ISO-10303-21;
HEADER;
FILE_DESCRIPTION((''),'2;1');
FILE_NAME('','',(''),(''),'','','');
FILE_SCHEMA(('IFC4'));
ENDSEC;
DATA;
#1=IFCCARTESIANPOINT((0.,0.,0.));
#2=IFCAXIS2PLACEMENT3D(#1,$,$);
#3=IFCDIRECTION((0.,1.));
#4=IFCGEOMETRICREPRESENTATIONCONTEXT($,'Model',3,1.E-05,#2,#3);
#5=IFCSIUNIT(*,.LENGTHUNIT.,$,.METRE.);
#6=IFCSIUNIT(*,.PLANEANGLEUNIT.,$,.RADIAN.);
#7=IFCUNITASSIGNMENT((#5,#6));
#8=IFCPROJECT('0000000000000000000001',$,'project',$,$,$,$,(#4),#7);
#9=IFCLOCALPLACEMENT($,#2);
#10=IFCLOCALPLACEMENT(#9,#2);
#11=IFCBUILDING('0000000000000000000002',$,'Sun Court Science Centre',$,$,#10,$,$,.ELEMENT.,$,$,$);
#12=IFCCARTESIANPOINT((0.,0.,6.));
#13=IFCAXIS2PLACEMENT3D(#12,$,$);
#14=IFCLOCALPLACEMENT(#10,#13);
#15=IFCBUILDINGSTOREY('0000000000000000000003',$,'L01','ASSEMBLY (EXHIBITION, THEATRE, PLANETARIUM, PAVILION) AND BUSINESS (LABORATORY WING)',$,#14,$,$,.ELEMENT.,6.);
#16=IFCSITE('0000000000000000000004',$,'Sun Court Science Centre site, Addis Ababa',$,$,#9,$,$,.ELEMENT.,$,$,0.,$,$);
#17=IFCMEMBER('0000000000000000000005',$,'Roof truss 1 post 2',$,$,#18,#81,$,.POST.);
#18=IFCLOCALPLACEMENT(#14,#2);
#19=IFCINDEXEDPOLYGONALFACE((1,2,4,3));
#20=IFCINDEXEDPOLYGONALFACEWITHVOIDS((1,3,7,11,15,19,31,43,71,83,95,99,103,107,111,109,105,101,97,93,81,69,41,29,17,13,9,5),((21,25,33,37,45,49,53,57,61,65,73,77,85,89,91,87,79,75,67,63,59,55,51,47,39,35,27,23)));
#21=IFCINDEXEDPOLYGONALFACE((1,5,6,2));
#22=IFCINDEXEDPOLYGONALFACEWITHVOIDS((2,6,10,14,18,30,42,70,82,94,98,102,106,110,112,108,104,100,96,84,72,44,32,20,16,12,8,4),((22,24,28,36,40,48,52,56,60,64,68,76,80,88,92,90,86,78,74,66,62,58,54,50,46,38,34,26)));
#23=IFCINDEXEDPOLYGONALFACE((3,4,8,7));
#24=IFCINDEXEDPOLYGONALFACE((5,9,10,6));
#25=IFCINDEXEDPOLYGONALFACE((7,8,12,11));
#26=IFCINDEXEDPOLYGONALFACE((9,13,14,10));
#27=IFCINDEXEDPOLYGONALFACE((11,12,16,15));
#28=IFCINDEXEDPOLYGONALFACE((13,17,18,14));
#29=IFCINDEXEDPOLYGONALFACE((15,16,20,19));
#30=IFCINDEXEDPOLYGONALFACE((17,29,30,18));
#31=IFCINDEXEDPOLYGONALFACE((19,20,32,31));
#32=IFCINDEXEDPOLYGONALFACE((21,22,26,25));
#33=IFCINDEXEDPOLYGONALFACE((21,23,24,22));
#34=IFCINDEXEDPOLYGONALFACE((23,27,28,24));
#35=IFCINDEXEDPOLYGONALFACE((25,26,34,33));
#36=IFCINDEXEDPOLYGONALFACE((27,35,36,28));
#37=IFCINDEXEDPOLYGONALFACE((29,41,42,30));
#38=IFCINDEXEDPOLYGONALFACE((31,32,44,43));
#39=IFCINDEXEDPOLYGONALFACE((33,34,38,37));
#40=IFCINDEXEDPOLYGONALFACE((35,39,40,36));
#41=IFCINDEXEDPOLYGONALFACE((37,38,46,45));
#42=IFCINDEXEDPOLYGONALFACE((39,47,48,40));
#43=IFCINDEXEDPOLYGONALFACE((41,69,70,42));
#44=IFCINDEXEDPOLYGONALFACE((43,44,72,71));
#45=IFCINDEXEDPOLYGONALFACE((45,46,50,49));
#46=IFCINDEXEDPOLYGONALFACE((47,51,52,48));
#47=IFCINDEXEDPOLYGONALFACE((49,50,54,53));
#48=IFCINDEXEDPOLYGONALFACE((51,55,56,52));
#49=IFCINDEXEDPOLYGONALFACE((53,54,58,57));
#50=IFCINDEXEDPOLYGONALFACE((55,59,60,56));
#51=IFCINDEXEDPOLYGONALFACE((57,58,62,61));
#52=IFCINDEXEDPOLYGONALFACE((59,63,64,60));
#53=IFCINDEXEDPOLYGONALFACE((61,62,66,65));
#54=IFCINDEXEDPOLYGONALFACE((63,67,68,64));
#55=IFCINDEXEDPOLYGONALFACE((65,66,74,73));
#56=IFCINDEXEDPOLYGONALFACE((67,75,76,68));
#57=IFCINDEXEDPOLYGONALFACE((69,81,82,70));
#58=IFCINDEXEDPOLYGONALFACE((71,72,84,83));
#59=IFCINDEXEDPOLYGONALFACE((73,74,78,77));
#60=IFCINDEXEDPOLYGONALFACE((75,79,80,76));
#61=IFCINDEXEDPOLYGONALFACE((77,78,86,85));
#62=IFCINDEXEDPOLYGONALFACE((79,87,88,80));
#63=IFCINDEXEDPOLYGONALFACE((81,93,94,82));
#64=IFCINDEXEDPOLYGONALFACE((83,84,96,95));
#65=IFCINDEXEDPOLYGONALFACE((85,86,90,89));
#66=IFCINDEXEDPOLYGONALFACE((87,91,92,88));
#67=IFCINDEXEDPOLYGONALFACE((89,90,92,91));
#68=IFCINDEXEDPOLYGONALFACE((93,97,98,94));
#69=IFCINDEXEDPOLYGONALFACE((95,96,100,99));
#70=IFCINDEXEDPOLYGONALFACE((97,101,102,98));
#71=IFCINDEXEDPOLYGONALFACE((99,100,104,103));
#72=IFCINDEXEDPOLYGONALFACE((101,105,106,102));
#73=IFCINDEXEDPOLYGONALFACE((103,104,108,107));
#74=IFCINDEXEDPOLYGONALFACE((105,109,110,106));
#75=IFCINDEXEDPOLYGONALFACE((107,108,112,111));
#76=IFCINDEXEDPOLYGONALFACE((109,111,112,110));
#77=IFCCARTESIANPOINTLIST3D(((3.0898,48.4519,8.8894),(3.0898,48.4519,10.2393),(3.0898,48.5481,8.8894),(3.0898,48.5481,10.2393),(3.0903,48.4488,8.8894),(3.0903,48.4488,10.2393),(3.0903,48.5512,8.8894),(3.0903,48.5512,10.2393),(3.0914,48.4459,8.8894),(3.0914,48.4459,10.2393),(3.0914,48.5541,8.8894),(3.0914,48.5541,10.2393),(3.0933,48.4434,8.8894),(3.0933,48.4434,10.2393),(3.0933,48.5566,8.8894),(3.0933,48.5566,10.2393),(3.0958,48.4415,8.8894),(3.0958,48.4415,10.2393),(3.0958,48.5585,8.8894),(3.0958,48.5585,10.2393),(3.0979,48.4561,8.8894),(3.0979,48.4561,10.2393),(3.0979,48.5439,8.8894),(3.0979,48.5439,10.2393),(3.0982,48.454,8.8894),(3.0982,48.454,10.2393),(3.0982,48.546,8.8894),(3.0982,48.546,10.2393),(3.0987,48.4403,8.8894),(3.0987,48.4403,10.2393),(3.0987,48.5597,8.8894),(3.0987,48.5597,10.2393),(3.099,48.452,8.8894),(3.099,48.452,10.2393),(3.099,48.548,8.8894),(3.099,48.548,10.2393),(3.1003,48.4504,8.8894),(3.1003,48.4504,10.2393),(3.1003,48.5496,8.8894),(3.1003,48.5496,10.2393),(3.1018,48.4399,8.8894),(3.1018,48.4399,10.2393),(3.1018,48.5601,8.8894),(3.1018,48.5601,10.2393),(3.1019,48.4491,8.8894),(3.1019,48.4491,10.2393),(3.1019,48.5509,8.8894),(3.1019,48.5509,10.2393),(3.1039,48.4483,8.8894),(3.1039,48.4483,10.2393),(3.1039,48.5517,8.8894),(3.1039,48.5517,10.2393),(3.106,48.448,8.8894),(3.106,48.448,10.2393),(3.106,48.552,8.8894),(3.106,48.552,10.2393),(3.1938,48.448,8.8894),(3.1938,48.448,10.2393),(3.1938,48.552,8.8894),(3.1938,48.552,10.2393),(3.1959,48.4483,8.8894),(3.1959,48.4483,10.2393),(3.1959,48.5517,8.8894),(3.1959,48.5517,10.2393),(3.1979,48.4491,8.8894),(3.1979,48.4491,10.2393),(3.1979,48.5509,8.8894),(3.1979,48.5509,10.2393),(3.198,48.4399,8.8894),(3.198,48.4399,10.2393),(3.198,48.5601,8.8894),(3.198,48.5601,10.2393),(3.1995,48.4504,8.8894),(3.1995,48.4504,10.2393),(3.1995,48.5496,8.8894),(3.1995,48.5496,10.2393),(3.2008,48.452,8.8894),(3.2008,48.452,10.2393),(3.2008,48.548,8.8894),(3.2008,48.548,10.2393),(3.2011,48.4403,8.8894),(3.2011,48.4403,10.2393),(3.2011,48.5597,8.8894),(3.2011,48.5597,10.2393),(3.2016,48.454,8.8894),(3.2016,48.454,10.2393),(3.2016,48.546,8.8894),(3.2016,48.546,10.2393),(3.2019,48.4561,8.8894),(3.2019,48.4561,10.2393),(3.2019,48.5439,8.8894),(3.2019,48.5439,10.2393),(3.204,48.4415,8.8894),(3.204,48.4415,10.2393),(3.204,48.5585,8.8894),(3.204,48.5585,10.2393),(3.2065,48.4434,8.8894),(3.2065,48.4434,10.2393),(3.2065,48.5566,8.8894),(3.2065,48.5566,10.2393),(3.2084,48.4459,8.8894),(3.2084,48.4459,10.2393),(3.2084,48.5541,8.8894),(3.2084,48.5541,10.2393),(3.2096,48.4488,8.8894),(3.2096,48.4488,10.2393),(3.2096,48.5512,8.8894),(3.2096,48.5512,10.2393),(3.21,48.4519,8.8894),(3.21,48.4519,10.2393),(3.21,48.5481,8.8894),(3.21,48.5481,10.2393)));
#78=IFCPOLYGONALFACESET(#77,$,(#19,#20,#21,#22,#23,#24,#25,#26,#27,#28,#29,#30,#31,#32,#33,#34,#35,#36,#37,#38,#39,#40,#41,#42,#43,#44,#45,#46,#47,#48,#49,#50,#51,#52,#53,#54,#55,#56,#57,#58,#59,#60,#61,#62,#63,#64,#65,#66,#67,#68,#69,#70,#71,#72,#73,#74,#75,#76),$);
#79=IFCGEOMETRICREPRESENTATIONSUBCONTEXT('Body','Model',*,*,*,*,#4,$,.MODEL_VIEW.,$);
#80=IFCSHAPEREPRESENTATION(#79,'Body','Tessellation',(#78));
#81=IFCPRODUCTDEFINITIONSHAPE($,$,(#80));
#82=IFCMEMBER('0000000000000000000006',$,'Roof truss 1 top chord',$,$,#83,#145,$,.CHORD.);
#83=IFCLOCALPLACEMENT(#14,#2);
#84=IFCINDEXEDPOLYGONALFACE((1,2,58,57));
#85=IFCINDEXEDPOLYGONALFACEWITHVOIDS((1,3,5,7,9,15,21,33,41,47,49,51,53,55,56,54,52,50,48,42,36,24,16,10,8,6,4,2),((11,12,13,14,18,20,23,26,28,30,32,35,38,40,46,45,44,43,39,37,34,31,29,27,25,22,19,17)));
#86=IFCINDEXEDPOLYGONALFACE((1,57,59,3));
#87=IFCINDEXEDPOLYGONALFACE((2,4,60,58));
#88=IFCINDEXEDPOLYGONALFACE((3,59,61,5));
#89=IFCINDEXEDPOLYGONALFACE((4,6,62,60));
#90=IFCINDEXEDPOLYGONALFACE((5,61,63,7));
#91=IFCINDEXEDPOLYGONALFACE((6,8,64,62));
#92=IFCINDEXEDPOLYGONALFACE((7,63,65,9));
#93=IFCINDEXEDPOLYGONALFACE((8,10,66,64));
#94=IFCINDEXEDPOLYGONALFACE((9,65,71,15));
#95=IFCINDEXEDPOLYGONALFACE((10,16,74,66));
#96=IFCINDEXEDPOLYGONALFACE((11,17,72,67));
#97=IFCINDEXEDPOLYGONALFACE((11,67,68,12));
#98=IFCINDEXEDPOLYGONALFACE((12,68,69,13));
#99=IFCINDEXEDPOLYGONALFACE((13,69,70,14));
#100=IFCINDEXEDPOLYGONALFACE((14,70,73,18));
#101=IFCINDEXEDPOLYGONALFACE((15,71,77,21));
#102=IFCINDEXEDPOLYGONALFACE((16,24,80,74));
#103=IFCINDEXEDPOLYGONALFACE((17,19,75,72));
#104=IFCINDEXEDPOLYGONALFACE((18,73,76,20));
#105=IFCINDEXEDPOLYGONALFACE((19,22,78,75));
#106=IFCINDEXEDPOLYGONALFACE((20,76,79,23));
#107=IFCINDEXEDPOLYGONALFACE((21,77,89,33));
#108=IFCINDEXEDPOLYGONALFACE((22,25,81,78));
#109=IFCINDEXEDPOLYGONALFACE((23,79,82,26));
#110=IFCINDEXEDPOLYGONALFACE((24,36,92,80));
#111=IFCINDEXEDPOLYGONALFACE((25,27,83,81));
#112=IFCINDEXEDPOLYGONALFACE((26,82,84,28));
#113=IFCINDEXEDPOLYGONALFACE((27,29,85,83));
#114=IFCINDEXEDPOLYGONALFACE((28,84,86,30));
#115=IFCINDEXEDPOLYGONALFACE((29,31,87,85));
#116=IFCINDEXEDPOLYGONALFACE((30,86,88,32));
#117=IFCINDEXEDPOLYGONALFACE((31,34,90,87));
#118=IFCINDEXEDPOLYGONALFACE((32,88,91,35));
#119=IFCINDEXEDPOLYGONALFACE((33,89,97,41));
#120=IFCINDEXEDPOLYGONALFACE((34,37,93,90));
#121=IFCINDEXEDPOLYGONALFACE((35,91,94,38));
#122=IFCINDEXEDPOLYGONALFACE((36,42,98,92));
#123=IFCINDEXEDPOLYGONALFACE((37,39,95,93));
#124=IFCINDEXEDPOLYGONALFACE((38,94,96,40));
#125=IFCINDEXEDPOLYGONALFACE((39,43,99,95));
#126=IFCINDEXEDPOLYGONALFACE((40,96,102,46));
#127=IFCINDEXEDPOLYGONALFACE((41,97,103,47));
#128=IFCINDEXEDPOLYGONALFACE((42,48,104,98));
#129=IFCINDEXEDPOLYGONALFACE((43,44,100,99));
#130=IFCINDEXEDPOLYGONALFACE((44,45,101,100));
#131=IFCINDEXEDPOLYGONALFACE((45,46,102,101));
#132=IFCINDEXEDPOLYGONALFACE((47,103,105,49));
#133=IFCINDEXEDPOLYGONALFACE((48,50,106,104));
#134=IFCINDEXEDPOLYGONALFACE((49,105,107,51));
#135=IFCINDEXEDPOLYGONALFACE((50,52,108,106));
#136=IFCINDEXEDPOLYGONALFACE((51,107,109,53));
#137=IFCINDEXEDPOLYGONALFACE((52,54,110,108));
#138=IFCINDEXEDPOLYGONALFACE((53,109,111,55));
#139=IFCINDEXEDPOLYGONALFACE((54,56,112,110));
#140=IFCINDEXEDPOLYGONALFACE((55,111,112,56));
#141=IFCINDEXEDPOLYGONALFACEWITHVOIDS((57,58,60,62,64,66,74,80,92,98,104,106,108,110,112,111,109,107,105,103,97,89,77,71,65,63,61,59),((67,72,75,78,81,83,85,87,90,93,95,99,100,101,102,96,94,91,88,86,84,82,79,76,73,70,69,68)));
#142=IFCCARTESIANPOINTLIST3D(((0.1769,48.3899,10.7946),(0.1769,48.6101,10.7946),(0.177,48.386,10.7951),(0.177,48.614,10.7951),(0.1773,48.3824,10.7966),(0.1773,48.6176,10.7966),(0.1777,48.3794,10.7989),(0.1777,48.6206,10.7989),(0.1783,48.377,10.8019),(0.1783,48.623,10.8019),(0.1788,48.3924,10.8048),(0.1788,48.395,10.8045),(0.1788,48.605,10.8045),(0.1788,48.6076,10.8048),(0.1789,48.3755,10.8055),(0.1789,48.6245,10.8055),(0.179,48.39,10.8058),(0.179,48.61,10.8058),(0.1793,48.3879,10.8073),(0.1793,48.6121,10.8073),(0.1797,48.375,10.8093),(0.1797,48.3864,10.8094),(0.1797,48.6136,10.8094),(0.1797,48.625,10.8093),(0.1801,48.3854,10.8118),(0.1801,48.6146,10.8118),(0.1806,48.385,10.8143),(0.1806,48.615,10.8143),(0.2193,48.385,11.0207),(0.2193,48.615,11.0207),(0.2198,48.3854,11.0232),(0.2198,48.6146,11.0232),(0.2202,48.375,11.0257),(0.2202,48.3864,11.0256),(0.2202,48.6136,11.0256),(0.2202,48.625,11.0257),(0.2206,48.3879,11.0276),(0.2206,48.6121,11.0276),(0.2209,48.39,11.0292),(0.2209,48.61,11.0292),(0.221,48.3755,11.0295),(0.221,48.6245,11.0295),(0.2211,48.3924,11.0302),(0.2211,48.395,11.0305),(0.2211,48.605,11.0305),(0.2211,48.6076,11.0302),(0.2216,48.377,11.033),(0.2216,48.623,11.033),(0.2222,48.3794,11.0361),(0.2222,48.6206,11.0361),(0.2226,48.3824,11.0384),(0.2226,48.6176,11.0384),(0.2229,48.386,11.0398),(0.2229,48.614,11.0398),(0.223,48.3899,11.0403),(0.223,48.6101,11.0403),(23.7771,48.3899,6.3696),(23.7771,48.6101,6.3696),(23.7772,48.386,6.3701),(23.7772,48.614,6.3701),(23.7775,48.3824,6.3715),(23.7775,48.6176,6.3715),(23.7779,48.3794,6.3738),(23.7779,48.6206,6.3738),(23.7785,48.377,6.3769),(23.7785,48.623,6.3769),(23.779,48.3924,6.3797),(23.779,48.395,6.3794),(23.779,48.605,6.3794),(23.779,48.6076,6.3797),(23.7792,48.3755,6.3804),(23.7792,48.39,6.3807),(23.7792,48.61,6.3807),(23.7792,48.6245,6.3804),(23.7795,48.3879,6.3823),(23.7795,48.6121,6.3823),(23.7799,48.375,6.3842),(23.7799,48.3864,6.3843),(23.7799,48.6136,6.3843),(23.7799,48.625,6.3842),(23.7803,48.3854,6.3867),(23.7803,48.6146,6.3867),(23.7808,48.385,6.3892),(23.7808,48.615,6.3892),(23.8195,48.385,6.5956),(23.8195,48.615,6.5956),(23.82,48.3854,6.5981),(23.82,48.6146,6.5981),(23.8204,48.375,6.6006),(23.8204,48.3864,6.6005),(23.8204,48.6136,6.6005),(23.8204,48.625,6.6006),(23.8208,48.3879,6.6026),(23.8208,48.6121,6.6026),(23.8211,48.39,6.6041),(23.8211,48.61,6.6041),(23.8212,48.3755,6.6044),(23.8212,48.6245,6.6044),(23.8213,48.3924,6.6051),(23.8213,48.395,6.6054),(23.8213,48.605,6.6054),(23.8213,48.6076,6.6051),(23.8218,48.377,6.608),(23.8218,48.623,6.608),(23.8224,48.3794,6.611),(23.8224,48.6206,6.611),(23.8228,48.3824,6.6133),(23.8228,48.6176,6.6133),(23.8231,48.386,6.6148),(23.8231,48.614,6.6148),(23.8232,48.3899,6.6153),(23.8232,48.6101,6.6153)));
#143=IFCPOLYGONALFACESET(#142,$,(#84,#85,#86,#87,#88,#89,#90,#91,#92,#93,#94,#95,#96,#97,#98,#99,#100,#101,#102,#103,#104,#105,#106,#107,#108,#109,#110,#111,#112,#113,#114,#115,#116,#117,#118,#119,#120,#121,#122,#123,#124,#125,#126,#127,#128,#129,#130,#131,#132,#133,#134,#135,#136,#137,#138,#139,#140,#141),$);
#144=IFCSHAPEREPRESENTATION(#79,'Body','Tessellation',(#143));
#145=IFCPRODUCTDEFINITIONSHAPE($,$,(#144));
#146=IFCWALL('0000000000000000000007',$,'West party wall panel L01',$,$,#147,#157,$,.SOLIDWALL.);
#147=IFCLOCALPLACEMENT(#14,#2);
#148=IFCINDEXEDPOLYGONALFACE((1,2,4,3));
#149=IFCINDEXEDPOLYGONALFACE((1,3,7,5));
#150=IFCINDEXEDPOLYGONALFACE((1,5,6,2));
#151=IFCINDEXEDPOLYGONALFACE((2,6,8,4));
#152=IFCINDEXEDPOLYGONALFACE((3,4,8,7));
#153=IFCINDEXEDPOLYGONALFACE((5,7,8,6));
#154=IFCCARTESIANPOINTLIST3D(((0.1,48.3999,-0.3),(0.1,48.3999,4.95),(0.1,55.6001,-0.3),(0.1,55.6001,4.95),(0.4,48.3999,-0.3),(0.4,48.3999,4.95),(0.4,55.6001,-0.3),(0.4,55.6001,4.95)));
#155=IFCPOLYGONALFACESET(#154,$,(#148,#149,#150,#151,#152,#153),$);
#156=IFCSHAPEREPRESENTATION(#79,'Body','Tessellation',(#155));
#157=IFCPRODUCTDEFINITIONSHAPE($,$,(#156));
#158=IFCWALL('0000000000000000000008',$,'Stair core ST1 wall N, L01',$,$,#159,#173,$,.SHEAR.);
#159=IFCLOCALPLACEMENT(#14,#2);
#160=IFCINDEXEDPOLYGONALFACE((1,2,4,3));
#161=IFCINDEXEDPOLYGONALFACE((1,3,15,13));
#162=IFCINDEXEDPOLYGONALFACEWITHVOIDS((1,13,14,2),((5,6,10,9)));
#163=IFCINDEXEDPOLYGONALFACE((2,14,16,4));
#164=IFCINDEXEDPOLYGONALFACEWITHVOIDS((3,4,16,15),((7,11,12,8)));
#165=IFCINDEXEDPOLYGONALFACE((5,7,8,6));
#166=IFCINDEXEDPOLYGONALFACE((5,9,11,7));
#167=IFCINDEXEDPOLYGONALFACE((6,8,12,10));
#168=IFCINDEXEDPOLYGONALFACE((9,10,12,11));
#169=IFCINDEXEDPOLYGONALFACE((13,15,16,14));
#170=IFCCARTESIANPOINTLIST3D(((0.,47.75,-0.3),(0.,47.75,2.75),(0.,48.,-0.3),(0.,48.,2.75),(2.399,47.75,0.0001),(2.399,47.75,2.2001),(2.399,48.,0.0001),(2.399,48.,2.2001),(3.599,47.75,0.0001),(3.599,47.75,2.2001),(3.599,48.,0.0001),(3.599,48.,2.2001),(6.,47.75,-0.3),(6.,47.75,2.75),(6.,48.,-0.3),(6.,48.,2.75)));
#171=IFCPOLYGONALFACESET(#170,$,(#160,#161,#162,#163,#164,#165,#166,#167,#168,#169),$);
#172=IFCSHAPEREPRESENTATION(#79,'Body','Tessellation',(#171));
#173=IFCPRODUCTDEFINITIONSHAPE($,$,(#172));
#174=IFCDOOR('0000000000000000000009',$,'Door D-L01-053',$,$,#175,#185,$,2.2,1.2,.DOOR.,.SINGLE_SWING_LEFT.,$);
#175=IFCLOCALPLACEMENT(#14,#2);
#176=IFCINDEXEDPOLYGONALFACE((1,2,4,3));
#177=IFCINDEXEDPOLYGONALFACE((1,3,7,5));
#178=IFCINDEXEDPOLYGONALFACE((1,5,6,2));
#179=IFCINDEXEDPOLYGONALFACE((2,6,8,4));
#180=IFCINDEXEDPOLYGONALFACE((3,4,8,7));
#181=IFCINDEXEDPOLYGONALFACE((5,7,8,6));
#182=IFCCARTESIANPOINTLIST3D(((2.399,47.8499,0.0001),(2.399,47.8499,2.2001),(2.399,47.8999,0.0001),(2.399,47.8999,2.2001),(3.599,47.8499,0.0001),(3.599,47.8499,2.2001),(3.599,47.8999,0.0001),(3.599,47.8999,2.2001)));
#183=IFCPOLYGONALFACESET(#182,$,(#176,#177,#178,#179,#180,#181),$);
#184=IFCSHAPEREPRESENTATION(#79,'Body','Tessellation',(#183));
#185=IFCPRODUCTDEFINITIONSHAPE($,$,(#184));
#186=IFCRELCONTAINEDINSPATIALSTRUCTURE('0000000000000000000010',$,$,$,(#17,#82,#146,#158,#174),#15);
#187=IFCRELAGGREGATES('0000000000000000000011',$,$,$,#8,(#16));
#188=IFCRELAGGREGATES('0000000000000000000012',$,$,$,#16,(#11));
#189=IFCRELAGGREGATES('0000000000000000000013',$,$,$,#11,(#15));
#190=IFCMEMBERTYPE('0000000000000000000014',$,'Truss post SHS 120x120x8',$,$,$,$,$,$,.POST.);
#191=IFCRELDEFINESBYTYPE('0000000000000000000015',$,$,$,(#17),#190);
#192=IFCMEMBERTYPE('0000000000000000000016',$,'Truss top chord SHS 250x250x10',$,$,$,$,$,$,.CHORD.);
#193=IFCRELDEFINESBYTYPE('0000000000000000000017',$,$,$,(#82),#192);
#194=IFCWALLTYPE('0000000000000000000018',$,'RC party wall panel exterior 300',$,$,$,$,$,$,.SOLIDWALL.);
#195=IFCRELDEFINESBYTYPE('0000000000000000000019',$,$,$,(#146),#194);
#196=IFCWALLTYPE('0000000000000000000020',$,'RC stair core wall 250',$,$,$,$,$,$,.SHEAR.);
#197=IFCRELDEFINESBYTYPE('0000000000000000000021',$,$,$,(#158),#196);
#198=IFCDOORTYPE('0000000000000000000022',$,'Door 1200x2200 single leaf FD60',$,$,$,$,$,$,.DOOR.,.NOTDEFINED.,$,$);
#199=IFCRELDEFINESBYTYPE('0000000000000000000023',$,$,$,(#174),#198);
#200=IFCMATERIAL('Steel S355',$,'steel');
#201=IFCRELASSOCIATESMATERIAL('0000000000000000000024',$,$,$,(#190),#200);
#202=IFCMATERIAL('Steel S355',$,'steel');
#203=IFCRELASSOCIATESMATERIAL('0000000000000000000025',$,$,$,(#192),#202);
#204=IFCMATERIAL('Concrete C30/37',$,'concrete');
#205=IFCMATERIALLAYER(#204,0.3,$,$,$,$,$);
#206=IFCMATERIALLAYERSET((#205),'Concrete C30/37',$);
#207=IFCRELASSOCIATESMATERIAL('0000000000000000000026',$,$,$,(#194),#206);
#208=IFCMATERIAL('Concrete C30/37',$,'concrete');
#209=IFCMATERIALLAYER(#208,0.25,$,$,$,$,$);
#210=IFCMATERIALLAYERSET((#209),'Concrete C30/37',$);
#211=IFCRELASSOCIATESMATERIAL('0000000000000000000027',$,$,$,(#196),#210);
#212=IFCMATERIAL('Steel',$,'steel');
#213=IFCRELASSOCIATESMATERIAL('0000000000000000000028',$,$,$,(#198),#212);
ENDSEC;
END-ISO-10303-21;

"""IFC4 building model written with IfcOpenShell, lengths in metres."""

from ifc_helpers import new_model, si_unit, direction, frame, frame_2d, origin, origin_2d, place, context, subcontext, project, spatial, rectangle, hollow_rectangle, extrude, material, layer, layer_set, material_profile, profile_set, type_object, element, fill, save


model = new_model("IFC4")

# Units and contexts
model_context = context("Model", 3, precision=1e-05, world=origin(), true_north=direction((0.0, 1.0)))
body_context = subcontext(model_context, "Body", "Model", "MODEL_VIEW")
ifc_project = project(units=[si_unit("LENGTHUNIT", "METRE"), si_unit("PLANEANGLEUNIT", "RADIAN")], contexts=[model_context])

# Site, building, storey
site_placement = place(None, origin())
site = spatial("IfcSite", under=ifc_project, at=site_placement, Name="Sun Court Science Centre site, Addis Ababa", CompositionType="ELEMENT", RefElevation=0.0)
building_placement = place(site_placement, origin())
building = spatial("IfcBuilding", under=site, at=building_placement, Name="Sun Court Science Centre", CompositionType="ELEMENT")
storey_placement = place(building_placement, frame((0.0, 0.0, 6.0)))
storey = spatial("IfcBuildingStorey", under=building, at=storey_placement, Name="L01", Description="ASSEMBLY (EXHIBITION, THEATRE, PLANETARIUM, PAVILION) AND BUSINESS (LABORATORY WING)", CompositionType="ELEMENT", Elevation=6.0)

# Members
ifc_material_1 = material(Name="Steel S355", Category="steel")
ifc_material_profile_1 = material_profile(ifc_material_1, hollow_rectangle(XDim=0.1201, YDim=0.1201, WallThickness=0.0081, InnerFilletRadius=0.0081, OuterFilletRadius=0.012, at=origin_2d()), Name="SHS 120x120x8")
ifc_profile_set_1 = profile_set([ifc_material_profile_1], Name="Steel S355")
member_type_1 = type_object("IfcMemberType", Name="Truss post SHS 120x120x8", PredefinedType="POST", material=ifc_profile_set_1)
member_1_placement = place(storey_placement, frame((3.1499, 48.5, 8.8894), z_axis=(0.0, 0.0, 1.0), x_axis=(1.0, 0.0, 0.0)))
element("IfcMember", 1, at=member_1_placement, inside=storey, type_object=member_type_1, Name="Roof truss 1 post 2", PredefinedType="POST", context=body_context, shape_type="SweptSolid", body=[
    extrude(hollow_rectangle(XDim=0.1201, YDim=0.1201, WallThickness=0.0081, InnerFilletRadius=0.0081, OuterFilletRadius=0.012, at=origin_2d()), origin(), (0.0, 0.0, 1.0), 1.3499),
])
ifc_material_2 = material(Name="Steel S355", Category="steel")
ifc_material_profile_2 = material_profile(ifc_material_2, hollow_rectangle(XDim=0.25, YDim=0.25, WallThickness=0.01, InnerFilletRadius=0.01, OuterFilletRadius=0.0149, at=origin_2d()), Name="SHS 250x250x10")
ifc_profile_set_2 = profile_set([ifc_material_profile_2], Name="Steel S355")
member_type_2 = type_object("IfcMemberType", Name="Truss top chord SHS 250x250x10", PredefinedType="CHORD", material=ifc_profile_set_2)
member_2_placement = place(storey_placement, frame((0.2, 48.5, 10.9175), z_axis=(0.982872, 0.0, -0.18429), x_axis=(0.0, 1.0, 0.0)))
element("IfcMember", 2, at=member_2_placement, inside=storey, type_object=member_type_2, Name="Roof truss 1 top chord", PredefinedType="CHORD", context=body_context, shape_type="SweptSolid", body=[
    extrude(hollow_rectangle(XDim=0.25, YDim=0.25, WallThickness=0.01, InnerFilletRadius=0.01, OuterFilletRadius=0.0149, at=origin_2d()), origin(), (0.0, 0.0, 1.0), 24.0115),
])

# Wall
ifc_material_3 = material(Name="Concrete C30/37", Category="concrete")
ifc_layer_1 = layer(ifc_material_3, 0.3)
ifc_layer_set_1 = layer_set([ifc_layer_1], Name="Concrete C30/37")
wall_type_1 = type_object("IfcWallType", Name="RC party wall panel exterior 300", PredefinedType="SOLIDWALL", material=ifc_layer_set_1)
wall_1_placement = place(storey_placement, frame((0.25, 48.3999, -0.3), z_axis=(0.0, 0.0, 1.0), x_axis=(0.0, 1.0, 0.0)))
element("IfcWall", 3, at=wall_1_placement, inside=storey, type_object=wall_type_1, Name="West party wall panel L01", PredefinedType="SOLIDWALL", context=body_context, shape_type="SweptSolid", body=[
    extrude(rectangle(XDim=7.2002, YDim=0.3, at=frame_2d((3.6001, 0.0))), origin(), (0.0, 0.0, 1.0), 5.25),
])

# Wall, opening, door
ifc_material_4 = material(Name="Concrete C30/37", Category="concrete")
ifc_layer_2 = layer(ifc_material_4, 0.25)
ifc_layer_set_2 = layer_set([ifc_layer_2], Name="Concrete C30/37")
wall_type_2 = type_object("IfcWallType", Name="RC stair core wall 250", PredefinedType="SHEAR", material=ifc_layer_set_2)
wall_2_placement = place(storey_placement, frame((0.0, 47.875, -0.3), z_axis=(0.0, 0.0, 1.0), x_axis=(1.0, 0.0, 0.0)))
wall_2 = element("IfcWall", 4, at=wall_2_placement, inside=storey, type_object=wall_type_2, Name="Stair core ST1 wall N, L01", PredefinedType="SHEAR", context=body_context, shape_type="SweptSolid", body=[
    extrude(rectangle(XDim=6.0, YDim=0.25, at=frame_2d((3.0, 0.0))), origin(), (0.0, 0.0, 1.0), 3.05),
])
opening_placement = place(wall_2_placement, frame((2.3989, 0.0, 0.3)))
opening = element("IfcOpeningElement", 5, at=opening_placement, cuts=wall_2, PredefinedType="OPENING", context=body_context, shape_type="SweptSolid", body=[
    extrude(rectangle(XDim=1.2, YDim=2.2, at=frame_2d((0.6001, 1.1001))), frame((0.0, 0.135, 0.0), z_axis=(0.0, -1.0, 0.0), x_axis=(1.0, 0.0, 0.0)), (0.0, 0.0, 1.0), 0.27),
])
ifc_material_5 = material(Name="Steel", Category="steel")
door_type = type_object("IfcDoorType", Name="Door 1200x2200 single leaf FD60", OperationType="NOTDEFINED", PredefinedType="DOOR", material=ifc_material_5)
door_placement = place(opening_placement, origin())
door = element("IfcDoor", 6, at=door_placement, inside=storey, type_object=door_type, Name="Door D-L01-053", OperationType="SINGLE_SWING_LEFT", OverallHeight=2.2, OverallWidth=1.2, PredefinedType="DOOR", context=body_context, shape_type="SweptSolid", body=[
    extrude(rectangle(XDim=1.2, YDim=2.2, at=frame_2d((0.6001, 1.1001))), frame((0.0, 0.0249, 0.0), z_axis=(0.0, -1.0, 0.0), x_axis=(1.0, 0.0, 0.0)), (0.0, 0.0, 1.0), 0.05),
])
fill(opening, door)

save(model, "model.ifc")
